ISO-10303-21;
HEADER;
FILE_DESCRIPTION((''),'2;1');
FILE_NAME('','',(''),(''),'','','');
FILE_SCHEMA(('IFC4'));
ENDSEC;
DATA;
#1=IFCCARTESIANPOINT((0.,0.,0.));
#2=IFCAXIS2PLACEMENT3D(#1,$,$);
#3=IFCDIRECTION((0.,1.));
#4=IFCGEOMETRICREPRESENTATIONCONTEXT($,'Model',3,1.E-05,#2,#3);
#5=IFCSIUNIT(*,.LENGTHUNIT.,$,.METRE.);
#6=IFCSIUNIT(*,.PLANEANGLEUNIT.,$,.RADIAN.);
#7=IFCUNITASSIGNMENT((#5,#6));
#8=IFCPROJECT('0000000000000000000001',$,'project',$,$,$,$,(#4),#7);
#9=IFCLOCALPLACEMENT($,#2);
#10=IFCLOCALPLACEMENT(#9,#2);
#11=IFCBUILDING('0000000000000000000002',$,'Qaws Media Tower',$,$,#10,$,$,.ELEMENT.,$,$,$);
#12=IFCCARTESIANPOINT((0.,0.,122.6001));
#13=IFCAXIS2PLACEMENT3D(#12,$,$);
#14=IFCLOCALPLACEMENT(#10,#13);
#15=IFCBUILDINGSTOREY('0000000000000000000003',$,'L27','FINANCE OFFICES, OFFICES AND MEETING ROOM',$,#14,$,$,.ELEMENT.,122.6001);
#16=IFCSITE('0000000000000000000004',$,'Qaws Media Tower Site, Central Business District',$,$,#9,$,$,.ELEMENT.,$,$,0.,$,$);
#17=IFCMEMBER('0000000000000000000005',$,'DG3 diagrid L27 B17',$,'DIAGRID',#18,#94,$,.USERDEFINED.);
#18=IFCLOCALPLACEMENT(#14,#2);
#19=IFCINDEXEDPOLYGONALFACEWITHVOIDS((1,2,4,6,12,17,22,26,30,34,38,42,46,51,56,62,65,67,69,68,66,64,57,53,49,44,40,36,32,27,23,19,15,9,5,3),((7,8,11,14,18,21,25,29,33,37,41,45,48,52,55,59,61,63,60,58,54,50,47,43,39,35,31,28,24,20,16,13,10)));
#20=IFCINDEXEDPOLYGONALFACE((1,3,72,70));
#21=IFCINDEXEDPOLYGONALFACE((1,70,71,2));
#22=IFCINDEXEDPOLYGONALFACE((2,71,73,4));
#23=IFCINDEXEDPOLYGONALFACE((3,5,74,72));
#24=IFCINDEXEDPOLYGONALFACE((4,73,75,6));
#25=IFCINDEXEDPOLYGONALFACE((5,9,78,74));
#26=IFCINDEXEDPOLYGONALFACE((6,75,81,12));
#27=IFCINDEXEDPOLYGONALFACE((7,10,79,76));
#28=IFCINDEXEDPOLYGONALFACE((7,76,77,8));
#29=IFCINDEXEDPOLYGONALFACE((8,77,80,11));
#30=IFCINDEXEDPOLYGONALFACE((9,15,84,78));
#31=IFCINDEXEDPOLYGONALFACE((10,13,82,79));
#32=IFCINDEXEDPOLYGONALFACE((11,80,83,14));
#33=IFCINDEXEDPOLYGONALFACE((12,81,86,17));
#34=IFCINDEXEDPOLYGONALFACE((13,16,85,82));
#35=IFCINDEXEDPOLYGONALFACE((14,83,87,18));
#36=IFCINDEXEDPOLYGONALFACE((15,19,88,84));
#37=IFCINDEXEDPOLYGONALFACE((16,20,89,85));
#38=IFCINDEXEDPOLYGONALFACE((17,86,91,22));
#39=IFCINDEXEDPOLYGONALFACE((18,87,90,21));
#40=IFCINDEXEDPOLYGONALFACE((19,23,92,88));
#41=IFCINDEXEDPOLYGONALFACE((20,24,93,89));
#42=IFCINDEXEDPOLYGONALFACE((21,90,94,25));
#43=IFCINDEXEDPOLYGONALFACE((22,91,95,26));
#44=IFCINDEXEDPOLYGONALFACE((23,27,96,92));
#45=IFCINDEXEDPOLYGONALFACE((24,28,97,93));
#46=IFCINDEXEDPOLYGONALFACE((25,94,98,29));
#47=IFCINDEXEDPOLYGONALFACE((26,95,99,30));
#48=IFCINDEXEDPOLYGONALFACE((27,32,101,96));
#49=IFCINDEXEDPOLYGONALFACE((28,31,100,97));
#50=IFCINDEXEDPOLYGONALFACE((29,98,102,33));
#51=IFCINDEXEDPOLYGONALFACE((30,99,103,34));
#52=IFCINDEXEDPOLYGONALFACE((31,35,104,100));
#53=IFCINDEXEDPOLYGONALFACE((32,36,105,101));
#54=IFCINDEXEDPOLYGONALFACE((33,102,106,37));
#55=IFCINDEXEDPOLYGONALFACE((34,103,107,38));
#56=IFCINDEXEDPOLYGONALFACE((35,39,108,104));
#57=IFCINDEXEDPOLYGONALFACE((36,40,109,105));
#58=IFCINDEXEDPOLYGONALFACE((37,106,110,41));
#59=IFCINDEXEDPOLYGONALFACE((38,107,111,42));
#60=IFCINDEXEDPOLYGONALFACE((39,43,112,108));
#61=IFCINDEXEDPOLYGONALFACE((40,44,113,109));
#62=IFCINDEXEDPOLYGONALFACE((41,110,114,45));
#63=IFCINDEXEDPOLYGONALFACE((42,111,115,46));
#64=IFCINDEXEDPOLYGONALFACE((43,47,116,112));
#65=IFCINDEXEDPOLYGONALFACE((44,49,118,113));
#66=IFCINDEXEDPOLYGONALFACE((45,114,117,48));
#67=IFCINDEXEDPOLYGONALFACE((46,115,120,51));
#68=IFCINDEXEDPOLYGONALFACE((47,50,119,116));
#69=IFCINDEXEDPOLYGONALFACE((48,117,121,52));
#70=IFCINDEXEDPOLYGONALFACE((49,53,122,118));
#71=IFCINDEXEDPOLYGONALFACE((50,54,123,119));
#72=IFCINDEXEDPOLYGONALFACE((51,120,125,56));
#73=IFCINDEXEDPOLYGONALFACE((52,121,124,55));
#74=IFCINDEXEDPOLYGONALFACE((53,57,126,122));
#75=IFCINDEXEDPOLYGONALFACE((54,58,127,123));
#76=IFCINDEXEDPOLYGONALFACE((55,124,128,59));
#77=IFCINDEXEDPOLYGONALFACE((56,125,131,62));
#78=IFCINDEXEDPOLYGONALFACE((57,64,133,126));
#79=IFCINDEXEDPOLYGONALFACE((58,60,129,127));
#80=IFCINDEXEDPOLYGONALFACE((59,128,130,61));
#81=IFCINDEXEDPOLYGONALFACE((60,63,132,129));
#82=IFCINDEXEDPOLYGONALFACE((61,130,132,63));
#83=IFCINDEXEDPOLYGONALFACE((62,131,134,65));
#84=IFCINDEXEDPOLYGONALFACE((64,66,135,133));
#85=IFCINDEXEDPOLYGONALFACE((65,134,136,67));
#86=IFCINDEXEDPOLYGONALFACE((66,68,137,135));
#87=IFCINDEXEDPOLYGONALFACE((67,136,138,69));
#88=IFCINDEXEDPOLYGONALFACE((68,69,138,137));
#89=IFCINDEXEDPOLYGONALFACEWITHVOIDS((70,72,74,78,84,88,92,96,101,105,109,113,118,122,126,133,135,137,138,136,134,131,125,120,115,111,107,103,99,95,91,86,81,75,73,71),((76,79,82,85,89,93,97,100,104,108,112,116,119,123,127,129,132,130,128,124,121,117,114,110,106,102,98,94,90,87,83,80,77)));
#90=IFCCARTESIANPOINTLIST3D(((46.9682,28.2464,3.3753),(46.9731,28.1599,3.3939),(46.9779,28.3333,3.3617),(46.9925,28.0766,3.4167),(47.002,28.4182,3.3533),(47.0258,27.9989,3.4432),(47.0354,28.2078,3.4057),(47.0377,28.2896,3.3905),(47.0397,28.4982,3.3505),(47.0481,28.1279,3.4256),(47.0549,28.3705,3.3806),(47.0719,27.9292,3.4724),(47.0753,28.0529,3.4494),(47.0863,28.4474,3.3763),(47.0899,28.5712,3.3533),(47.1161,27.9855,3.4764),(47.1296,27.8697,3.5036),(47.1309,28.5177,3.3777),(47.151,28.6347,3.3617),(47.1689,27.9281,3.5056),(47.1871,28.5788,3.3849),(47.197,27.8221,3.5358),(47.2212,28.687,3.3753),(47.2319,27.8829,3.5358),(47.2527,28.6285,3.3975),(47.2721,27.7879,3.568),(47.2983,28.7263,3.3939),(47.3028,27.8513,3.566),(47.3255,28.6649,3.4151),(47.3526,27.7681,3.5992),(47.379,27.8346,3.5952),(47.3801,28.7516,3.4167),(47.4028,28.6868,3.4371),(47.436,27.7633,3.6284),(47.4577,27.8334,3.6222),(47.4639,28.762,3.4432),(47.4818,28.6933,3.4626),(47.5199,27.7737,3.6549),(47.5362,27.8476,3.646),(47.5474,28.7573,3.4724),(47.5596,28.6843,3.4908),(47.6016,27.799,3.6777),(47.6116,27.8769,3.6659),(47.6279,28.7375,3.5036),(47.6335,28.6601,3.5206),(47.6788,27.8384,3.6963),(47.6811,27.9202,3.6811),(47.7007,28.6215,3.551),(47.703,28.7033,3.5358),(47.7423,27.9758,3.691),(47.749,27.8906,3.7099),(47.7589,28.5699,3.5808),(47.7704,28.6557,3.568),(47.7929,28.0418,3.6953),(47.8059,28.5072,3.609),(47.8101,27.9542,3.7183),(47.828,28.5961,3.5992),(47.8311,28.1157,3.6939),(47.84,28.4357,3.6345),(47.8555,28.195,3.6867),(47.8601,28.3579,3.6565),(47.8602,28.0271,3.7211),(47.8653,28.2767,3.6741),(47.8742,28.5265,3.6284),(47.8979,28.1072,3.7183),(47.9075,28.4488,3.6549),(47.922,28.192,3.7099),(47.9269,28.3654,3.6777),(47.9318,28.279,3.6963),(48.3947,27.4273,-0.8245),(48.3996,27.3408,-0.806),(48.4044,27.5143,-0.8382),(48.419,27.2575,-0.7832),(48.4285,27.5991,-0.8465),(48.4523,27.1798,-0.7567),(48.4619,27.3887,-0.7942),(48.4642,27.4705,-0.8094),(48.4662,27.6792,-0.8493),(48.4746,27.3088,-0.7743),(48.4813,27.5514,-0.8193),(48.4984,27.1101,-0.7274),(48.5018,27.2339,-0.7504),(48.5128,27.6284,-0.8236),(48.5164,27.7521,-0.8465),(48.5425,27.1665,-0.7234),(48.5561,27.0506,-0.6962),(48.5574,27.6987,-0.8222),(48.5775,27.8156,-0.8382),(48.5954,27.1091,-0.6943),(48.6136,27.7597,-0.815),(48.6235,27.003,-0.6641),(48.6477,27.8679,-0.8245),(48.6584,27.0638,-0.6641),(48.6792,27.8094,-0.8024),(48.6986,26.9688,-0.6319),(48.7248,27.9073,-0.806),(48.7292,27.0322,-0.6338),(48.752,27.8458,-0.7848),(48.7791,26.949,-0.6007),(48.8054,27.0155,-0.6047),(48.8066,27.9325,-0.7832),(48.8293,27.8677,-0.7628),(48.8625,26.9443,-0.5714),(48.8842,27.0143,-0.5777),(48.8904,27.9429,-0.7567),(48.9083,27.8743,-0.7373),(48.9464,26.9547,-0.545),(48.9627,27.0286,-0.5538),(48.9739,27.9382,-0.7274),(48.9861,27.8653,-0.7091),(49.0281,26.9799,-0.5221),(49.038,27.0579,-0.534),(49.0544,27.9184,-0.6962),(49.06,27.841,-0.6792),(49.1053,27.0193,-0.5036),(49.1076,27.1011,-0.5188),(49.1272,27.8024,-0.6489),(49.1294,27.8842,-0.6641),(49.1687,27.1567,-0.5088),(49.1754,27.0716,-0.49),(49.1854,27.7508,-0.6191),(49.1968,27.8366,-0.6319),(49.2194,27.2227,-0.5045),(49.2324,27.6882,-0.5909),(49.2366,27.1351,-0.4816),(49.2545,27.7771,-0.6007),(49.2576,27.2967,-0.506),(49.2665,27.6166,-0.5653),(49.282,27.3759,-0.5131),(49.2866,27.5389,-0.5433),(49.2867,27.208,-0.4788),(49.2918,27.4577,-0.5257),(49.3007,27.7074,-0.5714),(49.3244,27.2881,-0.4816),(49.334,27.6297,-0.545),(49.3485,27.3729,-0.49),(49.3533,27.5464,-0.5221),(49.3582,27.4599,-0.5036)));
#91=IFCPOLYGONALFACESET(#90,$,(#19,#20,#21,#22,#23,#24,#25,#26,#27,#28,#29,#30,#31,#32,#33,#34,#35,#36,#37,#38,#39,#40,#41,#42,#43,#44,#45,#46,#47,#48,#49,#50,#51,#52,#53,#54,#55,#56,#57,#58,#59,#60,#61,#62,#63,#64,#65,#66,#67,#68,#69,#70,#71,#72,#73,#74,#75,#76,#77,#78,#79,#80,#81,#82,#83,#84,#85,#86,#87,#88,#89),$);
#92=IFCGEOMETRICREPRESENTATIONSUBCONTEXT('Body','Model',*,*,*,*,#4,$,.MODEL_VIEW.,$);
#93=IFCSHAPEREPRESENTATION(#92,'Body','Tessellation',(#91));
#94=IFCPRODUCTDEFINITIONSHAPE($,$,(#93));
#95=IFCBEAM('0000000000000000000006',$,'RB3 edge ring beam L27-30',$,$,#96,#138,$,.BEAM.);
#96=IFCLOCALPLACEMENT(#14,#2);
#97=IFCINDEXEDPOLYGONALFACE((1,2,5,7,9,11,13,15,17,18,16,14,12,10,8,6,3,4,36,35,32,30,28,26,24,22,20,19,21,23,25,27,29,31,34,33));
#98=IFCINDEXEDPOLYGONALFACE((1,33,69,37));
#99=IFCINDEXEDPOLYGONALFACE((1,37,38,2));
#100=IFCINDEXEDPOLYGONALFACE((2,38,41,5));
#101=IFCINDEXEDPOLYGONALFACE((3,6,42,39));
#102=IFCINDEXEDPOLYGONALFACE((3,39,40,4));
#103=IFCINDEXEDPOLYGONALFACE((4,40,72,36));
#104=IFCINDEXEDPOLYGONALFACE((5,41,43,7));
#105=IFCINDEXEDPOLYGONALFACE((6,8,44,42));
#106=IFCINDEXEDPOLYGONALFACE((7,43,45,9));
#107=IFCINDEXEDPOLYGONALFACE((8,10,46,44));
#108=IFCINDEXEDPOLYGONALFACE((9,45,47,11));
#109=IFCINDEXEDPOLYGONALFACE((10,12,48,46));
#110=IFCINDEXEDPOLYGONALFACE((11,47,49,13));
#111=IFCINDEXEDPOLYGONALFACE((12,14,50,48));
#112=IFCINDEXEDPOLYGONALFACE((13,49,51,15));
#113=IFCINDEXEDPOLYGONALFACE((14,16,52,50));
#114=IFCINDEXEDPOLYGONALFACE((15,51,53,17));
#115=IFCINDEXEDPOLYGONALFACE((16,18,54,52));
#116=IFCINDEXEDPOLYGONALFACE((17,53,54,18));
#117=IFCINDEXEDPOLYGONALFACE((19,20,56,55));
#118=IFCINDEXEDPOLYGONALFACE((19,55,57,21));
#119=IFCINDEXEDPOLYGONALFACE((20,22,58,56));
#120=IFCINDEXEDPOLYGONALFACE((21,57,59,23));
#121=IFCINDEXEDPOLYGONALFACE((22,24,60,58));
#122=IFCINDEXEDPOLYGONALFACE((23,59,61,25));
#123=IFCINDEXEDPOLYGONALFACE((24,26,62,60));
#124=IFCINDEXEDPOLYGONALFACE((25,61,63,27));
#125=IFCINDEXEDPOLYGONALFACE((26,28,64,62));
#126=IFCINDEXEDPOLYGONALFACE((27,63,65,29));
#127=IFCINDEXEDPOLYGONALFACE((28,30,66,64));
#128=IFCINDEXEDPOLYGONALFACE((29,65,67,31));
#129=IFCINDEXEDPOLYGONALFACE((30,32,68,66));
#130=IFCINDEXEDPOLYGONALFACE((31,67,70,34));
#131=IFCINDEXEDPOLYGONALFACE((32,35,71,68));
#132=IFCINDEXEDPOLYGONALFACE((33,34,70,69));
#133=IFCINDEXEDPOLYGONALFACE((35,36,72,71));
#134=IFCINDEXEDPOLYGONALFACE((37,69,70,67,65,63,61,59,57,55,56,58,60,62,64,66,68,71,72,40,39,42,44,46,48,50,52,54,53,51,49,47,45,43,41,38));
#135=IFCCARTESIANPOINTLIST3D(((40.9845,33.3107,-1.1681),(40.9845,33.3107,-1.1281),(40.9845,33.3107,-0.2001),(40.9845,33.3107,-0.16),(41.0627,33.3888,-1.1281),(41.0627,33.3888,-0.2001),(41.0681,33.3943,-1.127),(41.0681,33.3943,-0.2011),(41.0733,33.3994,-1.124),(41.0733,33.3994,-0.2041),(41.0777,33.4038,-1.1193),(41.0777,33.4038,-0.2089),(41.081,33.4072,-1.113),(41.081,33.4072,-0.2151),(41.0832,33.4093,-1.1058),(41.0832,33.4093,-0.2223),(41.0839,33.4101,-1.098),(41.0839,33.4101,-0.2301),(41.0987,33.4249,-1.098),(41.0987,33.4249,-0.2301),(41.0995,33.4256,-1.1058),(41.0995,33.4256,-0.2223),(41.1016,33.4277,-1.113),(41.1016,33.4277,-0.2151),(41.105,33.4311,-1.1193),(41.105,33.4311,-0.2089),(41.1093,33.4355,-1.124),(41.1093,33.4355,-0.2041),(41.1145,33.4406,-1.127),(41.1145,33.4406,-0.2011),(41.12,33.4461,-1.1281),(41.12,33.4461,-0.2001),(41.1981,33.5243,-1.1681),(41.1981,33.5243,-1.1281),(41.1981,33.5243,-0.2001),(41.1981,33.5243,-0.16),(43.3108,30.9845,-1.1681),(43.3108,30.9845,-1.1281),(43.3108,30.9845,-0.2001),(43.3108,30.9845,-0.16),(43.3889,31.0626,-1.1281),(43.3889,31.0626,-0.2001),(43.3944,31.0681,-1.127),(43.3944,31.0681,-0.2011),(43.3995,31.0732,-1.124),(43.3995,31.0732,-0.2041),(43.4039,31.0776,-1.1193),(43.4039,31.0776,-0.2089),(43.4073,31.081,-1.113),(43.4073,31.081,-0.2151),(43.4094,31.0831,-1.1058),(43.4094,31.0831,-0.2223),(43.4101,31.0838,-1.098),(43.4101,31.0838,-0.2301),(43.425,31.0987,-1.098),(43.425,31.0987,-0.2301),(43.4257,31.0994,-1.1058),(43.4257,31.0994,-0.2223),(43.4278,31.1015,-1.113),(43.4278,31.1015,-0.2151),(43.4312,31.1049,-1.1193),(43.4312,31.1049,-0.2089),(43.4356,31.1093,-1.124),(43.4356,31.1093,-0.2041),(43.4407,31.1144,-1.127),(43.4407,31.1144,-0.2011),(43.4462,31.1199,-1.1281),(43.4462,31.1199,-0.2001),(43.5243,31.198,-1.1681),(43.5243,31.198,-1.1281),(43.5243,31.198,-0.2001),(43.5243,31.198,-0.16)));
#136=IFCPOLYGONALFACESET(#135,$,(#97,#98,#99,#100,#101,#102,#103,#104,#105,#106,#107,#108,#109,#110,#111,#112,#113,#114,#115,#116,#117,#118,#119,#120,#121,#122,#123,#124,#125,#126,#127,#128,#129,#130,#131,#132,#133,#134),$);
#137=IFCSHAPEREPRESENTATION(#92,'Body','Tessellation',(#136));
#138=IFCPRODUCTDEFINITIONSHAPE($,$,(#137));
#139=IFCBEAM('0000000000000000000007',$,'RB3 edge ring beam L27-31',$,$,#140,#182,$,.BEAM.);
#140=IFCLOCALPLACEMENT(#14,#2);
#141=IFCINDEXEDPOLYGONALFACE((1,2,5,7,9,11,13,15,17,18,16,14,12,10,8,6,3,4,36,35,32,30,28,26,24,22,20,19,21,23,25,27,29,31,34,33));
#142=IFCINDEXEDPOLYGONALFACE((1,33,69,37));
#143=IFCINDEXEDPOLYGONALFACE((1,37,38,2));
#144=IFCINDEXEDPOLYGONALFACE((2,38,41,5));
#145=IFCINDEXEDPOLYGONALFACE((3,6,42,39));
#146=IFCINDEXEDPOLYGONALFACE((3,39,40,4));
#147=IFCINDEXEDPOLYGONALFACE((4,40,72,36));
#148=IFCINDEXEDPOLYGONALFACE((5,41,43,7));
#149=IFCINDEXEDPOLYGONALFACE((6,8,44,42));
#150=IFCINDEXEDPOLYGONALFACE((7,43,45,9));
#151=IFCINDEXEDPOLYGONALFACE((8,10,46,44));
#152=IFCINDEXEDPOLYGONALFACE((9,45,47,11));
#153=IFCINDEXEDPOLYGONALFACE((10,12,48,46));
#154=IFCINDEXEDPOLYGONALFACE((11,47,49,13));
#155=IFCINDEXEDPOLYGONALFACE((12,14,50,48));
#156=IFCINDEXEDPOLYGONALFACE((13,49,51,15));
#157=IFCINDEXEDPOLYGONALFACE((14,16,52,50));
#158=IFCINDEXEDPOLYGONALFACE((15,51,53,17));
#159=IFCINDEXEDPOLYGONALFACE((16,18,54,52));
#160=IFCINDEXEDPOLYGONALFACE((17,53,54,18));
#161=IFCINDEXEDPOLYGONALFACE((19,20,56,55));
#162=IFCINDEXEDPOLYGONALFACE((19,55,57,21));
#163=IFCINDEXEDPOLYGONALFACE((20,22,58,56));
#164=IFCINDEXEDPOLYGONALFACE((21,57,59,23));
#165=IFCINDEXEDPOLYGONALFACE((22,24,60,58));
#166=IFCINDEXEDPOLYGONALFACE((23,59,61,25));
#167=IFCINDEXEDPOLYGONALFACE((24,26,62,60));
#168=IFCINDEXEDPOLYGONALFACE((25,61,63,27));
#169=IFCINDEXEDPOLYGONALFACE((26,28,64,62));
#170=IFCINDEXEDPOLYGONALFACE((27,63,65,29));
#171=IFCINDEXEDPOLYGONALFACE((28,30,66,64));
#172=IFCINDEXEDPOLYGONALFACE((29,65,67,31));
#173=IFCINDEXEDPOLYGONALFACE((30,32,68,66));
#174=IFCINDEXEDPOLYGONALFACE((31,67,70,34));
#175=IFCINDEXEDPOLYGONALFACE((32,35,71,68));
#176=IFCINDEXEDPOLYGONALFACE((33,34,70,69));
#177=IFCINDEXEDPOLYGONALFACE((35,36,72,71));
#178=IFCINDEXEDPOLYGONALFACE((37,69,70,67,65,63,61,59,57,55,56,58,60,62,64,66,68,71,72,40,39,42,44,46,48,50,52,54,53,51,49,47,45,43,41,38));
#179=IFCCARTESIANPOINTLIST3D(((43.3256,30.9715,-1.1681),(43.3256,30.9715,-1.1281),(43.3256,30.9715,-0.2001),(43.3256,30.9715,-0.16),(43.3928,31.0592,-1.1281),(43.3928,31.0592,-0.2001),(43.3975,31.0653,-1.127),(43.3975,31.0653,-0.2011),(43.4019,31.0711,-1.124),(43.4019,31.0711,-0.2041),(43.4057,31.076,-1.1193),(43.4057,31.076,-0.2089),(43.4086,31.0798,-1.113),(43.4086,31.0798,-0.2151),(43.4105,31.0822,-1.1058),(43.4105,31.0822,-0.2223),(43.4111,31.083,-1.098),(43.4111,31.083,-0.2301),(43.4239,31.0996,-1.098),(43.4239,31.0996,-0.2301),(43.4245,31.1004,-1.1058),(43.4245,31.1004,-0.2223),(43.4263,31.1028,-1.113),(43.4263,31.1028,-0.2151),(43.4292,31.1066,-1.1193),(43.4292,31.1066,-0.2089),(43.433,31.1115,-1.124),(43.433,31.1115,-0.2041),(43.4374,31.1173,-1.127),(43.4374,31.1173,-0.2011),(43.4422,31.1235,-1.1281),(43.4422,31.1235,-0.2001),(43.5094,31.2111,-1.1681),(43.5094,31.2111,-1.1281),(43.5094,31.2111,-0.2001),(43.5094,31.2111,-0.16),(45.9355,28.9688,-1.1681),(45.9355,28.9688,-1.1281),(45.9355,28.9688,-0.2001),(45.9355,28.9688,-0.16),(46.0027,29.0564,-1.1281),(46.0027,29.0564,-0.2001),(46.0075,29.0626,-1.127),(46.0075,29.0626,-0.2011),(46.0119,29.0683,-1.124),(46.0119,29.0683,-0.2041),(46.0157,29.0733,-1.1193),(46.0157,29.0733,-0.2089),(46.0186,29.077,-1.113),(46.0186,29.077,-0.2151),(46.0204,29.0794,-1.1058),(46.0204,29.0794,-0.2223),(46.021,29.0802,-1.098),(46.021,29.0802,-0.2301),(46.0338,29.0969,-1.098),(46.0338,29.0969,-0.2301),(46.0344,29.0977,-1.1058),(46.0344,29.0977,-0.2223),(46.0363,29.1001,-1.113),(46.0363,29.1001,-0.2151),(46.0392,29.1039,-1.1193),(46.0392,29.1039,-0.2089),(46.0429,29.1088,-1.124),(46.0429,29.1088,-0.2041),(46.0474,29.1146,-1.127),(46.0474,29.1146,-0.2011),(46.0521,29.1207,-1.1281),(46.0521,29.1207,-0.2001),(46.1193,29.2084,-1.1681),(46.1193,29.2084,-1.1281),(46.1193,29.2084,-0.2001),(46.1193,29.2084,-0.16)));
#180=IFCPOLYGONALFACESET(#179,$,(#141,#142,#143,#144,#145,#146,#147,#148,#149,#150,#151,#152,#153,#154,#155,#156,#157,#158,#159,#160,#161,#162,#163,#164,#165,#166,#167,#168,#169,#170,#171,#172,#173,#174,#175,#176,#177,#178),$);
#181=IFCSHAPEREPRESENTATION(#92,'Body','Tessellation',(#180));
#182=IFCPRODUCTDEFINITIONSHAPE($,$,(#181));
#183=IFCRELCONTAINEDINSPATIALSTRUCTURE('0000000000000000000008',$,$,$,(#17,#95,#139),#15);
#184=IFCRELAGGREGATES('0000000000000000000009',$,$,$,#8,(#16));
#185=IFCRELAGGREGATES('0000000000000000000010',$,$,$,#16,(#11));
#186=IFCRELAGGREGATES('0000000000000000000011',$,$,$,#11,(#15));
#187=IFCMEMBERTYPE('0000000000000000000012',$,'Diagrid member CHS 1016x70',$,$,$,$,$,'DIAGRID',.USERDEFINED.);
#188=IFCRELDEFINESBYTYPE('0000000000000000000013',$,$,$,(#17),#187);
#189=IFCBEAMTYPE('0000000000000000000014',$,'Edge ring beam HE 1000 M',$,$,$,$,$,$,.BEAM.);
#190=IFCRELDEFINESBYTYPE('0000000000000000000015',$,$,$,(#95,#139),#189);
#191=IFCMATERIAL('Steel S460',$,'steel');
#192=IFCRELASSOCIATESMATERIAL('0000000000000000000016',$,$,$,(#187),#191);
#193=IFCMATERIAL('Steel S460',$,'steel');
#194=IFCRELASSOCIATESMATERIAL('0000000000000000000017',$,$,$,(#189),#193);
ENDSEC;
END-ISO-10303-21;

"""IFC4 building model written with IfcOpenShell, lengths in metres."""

from ifc_helpers import new_model, si_unit, direction, frame, origin, origin_2d, place, context, subcontext, project, spatial, hollow_circle, i_section, extrude, material, material_profile, profile_set, type_object, element, save


model = new_model("IFC4")

# Units and contexts
model_context = context("Model", 3, precision=1e-05, world=origin(), true_north=direction((0.0, 1.0)))
body_context = subcontext(model_context, "Body", "Model", "MODEL_VIEW")
ifc_project = project(units=[si_unit("LENGTHUNIT", "METRE"), si_unit("PLANEANGLEUNIT", "RADIAN")], contexts=[model_context])

# Site, building, storey
site_placement = place(None, origin())
site = spatial("IfcSite", under=ifc_project, at=site_placement, Name="Qaws Media Tower Site, Central Business District", CompositionType="ELEMENT", RefElevation=0.0)
building_placement = place(site_placement, origin())
building = spatial("IfcBuilding", under=site, at=building_placement, Name="Qaws Media Tower", CompositionType="ELEMENT")
storey_placement = place(building_placement, frame((0.0, 0.0, 122.6001)))
storey = spatial("IfcBuildingStorey", under=building, at=storey_placement, Name="L27", Description="FINANCE OFFICES, OFFICES AND MEETING ROOM", CompositionType="ELEMENT", Elevation=122.6001)

# Member
ifc_material_1 = material(Name="Steel S460", Category="steel")
ifc_material_profile_1 = material_profile(ifc_material_1, hollow_circle(Radius=0.5081, WallThickness=0.0701, at=origin_2d()), Name="CHS 1016x70")
ifc_profile_set_1 = profile_set([ifc_material_profile_1], Name="Steel S460")
member_type_1 = type_object("IfcMemberType", Name="Diagrid member CHS 1016x70", ElementType="DIAGRID", PredefinedType="USERDEFINED", material=ifc_profile_set_1)
for number, where, z_axis, x_axis, name in (
    (1, (48.8765, 27.4436, -0.6641), (-0.316259, 0.181593, 0.931131), (-0.497944, -0.867209, 0.0), "DG3 diagrid L27 B17"),
):
    element("IfcMember", number, at=place(storey_placement, frame(where, z_axis=z_axis, x_axis=x_axis)), inside=storey, type_object=member_type_1, Name=name, ObjectType="DIAGRID", PredefinedType="USERDEFINED", context=body_context, shape_type="SweptSolid", body=[
        extrude(hollow_circle(Radius=0.5081, WallThickness=0.0701, at=origin_2d()), origin(), (0.0, 0.0, 1.0), 4.5105),
    ])

# Beams
ifc_material_2 = material(Name="Steel S460", Category="steel")
ifc_material_profile_2 = material_profile(ifc_material_2, i_section(OverallWidth=0.302, OverallDepth=1.0081, WebThickness=0.021, FlangeThickness=0.04, FilletRadius=0.03, at=origin_2d()), Name="HE 1000 M")
ifc_profile_set_2 = profile_set([ifc_material_profile_2], Name="Steel S460")
beam_type = type_object("IfcBeamType", Name="Edge ring beam HE 1000 M", PredefinedType="BEAM", material=ifc_profile_set_2)
for number, where, z_axis, x_axis, name in (
    (2, (41.0913, 33.4175, -0.6641), (0.707107, -0.707107, 0.0), (0.707107, 0.707107, 0.0), "RB3 edge ring beam L27-30"),
    (3, (43.4175, 31.0913, -0.6641), (0.793344, -0.608774, 0.0), (0.608774, 0.793344, 0.0), "RB3 edge ring beam L27-31"),
):
    element("IfcBeam", number, at=place(storey_placement, frame(where, z_axis=z_axis, x_axis=x_axis)), inside=storey, type_object=beam_type, Name=name, PredefinedType="BEAM", context=body_context, shape_type="SweptSolid", body=[
        extrude(i_section(OverallWidth=0.302, OverallDepth=1.0081, WebThickness=0.021, FlangeThickness=0.04, FilletRadius=0.03, at=origin_2d()), origin(), (0.0, 0.0, 1.0), 3.2898),
    ])

save(model, "model.ifc")
